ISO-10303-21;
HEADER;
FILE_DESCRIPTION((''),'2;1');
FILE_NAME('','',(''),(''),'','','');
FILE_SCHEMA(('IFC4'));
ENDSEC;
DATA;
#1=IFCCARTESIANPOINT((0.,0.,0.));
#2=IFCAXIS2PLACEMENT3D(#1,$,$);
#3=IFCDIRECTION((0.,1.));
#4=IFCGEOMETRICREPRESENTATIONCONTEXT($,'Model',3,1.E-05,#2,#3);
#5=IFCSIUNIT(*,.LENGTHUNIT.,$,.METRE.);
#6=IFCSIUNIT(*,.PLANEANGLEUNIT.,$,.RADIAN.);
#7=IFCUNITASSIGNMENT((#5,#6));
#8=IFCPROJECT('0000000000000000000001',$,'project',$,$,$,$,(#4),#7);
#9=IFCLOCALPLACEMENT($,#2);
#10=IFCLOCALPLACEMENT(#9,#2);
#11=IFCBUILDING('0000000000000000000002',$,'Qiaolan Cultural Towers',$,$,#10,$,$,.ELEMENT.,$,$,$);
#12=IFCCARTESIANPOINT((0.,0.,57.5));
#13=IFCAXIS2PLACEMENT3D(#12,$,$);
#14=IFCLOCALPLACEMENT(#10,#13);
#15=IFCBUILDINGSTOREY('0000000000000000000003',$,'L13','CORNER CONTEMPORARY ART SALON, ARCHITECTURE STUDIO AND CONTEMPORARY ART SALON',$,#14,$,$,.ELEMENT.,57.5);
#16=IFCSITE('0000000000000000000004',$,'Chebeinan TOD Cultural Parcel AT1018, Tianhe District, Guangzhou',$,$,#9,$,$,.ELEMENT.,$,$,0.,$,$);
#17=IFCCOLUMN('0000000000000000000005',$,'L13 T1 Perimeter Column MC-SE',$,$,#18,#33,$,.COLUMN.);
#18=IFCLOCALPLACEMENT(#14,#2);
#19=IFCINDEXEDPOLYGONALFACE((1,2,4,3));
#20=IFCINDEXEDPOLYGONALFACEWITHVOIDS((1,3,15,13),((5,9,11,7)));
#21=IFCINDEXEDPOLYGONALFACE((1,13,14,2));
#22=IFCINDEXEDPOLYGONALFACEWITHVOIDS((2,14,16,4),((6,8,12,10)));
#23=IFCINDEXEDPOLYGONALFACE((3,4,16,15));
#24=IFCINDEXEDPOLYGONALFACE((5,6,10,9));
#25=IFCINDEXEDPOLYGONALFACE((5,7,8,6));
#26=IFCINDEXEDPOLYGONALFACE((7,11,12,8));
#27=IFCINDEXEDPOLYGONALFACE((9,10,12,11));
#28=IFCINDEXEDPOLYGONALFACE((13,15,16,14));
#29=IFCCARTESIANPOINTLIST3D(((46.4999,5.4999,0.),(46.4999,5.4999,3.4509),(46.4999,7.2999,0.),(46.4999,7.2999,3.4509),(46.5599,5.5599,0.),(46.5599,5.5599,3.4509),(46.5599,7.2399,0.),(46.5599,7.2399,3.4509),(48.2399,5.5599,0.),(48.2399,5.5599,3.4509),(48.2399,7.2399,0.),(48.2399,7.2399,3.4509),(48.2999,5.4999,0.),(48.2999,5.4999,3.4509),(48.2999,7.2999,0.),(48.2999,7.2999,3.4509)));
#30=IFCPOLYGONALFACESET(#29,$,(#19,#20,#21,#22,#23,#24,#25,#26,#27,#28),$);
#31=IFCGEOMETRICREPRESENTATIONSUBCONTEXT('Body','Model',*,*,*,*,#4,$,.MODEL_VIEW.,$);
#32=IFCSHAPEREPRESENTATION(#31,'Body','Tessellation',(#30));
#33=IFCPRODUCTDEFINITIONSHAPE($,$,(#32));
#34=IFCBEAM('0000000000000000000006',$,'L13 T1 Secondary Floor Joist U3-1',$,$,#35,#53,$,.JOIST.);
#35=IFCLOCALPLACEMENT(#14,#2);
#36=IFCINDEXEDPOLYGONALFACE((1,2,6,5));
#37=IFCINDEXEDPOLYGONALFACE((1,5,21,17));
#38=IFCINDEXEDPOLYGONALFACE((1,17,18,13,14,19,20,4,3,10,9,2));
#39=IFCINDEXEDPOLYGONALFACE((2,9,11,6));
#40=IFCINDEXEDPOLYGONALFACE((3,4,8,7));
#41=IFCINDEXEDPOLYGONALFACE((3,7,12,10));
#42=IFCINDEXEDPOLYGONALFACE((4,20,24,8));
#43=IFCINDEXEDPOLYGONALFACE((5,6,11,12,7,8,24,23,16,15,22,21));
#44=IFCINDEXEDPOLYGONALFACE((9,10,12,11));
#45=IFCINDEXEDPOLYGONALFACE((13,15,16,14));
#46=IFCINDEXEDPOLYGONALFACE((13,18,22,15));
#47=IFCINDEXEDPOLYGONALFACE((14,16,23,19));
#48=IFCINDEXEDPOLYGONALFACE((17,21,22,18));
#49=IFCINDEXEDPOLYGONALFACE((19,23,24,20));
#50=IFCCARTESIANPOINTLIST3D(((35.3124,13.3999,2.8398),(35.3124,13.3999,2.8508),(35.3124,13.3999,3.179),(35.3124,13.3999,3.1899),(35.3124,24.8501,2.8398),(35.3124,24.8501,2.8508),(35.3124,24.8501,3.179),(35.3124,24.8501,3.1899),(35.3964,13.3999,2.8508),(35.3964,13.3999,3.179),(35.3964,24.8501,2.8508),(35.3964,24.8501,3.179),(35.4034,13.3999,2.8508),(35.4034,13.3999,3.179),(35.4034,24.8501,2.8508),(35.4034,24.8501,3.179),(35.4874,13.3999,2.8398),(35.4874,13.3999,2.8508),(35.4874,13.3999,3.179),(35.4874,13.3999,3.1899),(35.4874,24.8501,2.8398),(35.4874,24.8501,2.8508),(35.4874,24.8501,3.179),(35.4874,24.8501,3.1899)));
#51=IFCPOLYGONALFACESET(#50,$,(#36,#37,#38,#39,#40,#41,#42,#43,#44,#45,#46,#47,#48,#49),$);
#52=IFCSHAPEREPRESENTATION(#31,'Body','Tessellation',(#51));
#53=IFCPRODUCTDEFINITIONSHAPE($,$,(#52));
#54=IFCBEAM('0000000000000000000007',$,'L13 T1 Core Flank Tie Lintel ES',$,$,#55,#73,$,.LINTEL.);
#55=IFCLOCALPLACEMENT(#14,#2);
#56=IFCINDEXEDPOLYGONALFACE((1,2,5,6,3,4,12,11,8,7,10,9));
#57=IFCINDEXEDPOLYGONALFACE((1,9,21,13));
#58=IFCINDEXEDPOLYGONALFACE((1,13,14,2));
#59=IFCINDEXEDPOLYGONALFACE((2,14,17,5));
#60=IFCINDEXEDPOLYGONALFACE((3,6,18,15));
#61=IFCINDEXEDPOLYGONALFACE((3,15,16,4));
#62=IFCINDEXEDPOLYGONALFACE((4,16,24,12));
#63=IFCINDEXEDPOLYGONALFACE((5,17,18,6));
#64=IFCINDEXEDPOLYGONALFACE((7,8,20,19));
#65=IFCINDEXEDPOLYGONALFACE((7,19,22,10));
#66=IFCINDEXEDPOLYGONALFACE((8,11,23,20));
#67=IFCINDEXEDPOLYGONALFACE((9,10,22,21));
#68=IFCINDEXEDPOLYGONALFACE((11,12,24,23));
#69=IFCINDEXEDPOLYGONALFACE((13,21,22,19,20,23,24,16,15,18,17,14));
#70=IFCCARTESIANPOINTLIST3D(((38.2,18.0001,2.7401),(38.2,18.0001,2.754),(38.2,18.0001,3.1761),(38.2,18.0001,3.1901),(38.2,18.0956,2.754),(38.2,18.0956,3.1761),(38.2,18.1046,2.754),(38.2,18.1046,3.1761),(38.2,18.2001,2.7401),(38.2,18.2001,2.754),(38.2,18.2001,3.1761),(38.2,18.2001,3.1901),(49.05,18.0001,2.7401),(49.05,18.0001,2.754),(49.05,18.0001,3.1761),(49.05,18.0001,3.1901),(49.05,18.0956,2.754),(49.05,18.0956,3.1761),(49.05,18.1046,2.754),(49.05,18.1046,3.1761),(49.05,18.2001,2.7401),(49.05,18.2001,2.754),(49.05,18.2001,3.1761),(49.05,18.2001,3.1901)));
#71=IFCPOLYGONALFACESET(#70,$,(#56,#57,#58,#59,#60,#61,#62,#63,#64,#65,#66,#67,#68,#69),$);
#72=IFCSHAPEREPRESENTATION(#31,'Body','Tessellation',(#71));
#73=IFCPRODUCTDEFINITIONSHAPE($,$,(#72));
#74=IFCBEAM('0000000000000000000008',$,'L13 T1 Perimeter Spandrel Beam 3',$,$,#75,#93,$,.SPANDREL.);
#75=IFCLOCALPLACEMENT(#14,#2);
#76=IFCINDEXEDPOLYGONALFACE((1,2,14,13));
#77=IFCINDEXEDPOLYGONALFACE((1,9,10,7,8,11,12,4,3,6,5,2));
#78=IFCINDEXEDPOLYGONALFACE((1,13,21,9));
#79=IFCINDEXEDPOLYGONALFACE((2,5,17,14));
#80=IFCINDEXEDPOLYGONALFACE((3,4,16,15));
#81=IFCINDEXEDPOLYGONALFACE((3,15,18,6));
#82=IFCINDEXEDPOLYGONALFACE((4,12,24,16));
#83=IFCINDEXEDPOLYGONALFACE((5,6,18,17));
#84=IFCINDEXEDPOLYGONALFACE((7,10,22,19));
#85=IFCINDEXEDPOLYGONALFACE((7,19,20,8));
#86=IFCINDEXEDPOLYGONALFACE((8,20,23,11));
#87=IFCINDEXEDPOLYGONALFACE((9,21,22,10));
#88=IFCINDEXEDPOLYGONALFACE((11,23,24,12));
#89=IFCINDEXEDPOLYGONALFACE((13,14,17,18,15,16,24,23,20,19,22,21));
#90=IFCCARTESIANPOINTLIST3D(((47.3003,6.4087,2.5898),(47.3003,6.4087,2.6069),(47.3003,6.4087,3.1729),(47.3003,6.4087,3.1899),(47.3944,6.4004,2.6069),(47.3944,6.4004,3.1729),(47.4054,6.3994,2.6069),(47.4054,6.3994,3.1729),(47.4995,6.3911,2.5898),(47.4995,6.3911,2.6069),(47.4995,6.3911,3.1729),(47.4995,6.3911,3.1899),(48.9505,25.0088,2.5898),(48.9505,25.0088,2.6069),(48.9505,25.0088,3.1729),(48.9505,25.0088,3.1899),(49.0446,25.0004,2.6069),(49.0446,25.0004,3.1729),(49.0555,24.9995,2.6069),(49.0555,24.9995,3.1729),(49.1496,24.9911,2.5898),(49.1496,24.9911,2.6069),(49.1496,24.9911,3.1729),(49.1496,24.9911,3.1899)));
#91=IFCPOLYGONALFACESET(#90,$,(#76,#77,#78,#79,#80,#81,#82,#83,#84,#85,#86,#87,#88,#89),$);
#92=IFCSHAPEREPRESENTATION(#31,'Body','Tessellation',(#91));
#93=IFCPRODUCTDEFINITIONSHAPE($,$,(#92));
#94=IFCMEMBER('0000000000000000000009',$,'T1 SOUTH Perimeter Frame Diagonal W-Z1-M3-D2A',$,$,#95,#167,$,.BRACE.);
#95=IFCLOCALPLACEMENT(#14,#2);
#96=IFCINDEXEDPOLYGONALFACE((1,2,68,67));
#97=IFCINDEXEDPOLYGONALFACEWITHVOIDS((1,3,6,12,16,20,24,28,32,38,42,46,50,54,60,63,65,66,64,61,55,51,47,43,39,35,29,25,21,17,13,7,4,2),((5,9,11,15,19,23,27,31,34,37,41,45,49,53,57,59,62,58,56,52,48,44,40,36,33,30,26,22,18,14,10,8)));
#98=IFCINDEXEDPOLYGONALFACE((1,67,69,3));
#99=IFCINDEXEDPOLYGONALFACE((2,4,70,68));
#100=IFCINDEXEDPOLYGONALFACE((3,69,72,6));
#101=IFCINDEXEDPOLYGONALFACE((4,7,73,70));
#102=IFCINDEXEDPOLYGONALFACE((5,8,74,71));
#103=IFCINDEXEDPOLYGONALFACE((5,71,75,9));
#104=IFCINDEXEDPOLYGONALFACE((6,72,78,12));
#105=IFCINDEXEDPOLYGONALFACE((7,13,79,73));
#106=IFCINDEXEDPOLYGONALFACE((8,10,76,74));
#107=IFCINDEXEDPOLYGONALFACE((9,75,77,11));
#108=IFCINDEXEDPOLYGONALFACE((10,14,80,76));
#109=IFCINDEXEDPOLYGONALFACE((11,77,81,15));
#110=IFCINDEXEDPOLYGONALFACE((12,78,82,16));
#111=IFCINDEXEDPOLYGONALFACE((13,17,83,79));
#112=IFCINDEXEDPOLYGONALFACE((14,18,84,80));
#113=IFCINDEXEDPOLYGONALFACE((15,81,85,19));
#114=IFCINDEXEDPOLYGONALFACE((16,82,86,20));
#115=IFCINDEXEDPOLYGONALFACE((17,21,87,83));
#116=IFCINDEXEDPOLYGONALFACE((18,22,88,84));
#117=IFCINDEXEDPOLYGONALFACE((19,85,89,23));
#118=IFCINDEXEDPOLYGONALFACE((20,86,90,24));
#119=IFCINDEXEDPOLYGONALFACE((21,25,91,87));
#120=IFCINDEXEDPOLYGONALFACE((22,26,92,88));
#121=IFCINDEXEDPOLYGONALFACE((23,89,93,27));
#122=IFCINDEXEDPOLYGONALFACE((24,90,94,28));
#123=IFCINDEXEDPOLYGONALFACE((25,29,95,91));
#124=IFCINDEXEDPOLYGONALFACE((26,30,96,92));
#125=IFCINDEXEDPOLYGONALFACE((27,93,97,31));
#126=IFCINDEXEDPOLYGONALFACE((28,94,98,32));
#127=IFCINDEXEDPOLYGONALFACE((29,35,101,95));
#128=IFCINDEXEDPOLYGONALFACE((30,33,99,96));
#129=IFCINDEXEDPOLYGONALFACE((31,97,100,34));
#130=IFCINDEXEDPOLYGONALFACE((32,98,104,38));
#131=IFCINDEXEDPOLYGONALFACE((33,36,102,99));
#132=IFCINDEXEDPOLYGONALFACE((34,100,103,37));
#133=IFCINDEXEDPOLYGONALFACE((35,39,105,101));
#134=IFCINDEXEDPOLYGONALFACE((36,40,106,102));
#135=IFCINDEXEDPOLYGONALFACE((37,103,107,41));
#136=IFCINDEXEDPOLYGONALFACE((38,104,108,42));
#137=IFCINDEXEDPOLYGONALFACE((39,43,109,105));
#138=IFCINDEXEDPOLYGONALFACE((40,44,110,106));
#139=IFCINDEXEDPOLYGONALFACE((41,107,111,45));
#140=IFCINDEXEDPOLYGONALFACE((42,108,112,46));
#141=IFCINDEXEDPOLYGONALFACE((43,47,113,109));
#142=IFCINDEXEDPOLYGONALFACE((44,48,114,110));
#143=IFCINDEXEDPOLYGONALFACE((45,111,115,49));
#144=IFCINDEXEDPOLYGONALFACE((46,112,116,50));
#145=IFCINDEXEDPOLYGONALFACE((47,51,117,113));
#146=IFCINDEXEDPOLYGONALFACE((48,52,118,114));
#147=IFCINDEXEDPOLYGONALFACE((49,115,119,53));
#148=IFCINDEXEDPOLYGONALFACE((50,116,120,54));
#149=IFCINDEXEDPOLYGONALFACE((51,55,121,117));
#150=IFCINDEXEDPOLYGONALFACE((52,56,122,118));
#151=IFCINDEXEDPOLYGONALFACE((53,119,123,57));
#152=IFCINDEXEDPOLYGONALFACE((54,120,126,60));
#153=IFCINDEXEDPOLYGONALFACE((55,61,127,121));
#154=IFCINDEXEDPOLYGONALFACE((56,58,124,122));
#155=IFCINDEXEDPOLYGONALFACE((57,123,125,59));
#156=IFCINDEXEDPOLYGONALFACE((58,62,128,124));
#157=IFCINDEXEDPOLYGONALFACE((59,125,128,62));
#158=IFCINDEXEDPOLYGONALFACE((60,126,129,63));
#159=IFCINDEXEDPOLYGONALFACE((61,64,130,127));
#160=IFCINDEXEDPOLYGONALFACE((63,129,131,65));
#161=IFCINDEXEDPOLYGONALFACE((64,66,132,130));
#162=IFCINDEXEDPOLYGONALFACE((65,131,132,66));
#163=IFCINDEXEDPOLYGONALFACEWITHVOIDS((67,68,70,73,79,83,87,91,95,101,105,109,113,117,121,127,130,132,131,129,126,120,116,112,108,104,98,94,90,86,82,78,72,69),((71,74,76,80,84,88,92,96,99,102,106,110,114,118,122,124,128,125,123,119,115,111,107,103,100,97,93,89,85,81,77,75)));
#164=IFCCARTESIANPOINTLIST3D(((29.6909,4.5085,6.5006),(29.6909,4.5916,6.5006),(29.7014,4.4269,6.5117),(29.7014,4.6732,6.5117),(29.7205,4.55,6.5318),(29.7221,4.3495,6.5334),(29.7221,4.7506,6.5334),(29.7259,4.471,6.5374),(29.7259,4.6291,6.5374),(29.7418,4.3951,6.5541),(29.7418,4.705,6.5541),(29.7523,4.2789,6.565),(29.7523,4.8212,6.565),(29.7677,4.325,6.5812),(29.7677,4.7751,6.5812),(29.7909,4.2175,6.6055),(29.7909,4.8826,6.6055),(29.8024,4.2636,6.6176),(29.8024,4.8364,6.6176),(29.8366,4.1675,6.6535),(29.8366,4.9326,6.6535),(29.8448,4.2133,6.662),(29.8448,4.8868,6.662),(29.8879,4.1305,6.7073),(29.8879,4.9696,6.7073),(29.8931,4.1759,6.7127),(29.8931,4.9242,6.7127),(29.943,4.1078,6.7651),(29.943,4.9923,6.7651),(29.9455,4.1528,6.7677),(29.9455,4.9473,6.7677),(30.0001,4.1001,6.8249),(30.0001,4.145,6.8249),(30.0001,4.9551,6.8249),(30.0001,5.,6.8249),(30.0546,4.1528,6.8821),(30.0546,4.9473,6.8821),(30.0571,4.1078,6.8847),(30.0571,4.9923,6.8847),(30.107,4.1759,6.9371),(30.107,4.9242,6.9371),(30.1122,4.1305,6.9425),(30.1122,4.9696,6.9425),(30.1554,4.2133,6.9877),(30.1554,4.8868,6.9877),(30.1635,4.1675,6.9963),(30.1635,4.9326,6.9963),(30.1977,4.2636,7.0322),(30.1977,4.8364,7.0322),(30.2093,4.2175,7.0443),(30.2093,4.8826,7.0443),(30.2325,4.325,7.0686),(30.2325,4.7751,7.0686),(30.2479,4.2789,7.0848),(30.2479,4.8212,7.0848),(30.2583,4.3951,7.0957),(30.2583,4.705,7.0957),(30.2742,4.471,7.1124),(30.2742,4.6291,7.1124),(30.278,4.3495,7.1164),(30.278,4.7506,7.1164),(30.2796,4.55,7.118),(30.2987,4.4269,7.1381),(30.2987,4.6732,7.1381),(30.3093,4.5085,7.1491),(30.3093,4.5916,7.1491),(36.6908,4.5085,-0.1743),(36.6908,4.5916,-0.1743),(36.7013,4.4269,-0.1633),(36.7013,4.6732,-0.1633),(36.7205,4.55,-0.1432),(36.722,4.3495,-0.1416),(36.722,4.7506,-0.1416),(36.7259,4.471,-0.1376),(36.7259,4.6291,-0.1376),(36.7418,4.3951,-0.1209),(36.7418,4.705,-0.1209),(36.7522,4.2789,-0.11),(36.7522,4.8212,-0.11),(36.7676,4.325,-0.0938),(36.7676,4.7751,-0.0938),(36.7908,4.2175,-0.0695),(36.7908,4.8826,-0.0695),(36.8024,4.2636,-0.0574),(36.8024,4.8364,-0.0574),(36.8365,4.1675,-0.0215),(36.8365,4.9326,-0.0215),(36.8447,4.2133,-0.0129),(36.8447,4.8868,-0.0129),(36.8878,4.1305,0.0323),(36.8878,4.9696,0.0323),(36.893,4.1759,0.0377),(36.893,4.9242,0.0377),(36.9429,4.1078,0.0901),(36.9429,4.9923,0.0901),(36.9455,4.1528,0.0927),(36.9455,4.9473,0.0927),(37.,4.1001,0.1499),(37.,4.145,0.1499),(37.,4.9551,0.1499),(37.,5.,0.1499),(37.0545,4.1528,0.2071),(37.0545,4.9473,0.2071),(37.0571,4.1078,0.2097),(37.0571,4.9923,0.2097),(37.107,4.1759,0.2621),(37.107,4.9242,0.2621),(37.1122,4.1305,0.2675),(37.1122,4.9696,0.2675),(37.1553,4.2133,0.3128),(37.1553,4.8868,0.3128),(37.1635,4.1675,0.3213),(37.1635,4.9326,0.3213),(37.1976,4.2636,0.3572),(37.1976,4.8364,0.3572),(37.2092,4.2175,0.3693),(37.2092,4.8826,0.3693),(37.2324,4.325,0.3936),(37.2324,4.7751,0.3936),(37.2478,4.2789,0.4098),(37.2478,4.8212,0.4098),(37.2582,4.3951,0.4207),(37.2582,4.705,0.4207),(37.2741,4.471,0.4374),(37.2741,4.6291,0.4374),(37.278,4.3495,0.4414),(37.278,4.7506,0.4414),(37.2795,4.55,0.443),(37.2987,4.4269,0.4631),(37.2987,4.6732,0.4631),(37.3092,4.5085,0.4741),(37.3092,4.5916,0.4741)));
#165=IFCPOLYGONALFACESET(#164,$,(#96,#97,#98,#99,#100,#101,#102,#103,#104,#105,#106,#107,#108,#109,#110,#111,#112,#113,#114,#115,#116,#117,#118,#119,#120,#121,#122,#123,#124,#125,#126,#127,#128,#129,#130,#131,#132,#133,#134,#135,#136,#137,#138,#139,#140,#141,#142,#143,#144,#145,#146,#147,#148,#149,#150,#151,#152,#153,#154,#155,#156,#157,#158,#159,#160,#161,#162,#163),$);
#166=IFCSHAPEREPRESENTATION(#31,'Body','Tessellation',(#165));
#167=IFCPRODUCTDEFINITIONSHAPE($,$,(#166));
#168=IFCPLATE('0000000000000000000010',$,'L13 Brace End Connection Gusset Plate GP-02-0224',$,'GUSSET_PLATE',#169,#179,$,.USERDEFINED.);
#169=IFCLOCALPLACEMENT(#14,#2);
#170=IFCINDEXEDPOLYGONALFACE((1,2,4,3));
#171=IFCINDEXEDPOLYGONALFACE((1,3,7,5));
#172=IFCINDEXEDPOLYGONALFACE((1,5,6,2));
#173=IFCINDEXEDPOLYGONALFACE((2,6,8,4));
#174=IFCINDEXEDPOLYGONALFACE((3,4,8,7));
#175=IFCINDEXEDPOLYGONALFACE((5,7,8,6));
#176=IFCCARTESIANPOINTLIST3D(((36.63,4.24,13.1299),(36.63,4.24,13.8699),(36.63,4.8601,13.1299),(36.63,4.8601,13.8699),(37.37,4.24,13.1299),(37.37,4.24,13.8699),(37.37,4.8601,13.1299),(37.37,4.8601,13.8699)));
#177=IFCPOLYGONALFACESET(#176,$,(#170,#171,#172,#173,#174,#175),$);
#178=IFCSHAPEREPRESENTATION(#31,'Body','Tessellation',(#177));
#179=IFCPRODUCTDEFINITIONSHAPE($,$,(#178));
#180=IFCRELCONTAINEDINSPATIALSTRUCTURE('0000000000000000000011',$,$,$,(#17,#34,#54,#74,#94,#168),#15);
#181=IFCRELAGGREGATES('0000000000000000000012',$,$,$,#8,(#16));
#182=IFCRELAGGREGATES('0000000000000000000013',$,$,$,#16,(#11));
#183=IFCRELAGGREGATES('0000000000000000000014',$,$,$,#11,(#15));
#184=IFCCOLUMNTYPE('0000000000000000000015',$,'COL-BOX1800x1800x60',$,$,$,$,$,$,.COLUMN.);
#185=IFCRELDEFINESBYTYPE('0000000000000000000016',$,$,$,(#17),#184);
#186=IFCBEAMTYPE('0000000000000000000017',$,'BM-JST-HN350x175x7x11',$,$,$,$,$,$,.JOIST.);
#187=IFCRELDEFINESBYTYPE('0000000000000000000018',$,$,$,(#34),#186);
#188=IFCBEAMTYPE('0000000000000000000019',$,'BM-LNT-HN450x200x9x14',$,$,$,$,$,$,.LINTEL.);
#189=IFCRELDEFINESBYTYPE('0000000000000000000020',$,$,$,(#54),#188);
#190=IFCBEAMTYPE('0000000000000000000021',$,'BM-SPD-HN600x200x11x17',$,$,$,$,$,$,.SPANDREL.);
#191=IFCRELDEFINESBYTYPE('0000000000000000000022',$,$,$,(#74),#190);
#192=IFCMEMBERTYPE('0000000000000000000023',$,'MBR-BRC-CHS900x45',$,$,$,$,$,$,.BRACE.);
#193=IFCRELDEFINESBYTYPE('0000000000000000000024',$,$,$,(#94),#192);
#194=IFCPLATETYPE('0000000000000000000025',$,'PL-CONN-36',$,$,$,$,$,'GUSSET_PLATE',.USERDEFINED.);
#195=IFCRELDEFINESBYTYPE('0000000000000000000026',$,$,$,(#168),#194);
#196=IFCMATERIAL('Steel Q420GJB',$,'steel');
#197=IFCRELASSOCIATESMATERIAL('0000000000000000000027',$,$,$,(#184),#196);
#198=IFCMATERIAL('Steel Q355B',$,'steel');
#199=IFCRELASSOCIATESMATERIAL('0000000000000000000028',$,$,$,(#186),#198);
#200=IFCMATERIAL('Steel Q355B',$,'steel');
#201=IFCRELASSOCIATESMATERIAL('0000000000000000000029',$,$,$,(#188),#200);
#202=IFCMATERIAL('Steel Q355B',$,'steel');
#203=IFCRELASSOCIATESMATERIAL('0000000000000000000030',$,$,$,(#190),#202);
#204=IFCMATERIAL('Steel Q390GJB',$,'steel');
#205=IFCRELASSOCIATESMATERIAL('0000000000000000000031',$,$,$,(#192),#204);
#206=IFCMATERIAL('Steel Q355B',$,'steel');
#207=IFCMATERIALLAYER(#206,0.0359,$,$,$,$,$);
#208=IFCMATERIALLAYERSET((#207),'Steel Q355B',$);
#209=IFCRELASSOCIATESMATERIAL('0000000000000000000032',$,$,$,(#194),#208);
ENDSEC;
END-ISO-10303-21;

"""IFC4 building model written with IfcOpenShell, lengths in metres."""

from ifc_helpers import new_model, si_unit, direction, frame, origin, origin_2d, place, context, subcontext, project, spatial, rectangle, hollow_rectangle, hollow_circle, i_section, extrude, material, layer, layer_set, material_profile, profile_set, type_object, element, save


model = new_model("IFC4")

# Units and contexts
model_context = context("Model", 3, precision=1e-05, world=origin(), true_north=direction((0.0, 1.0)))
body_context = subcontext(model_context, "Body", "Model", "MODEL_VIEW")
ifc_project = project(units=[si_unit("LENGTHUNIT", "METRE"), si_unit("PLANEANGLEUNIT", "RADIAN")], contexts=[model_context])

# Site, building, storey
site_placement = place(None, origin())
site = spatial("IfcSite", under=ifc_project, at=site_placement, Name="Chebeinan TOD Cultural Parcel AT1018, Tianhe District, Guangzhou", CompositionType="ELEMENT", RefElevation=0.0)
building_placement = place(site_placement, origin())
building = spatial("IfcBuilding", under=site, at=building_placement, Name="Qiaolan Cultural Towers", CompositionType="ELEMENT")
storey_placement = place(building_placement, frame((0.0, 0.0, 57.5)))
storey = spatial("IfcBuildingStorey", under=building, at=storey_placement, Name="L13", Description="CORNER CONTEMPORARY ART SALON, ARCHITECTURE STUDIO AND CONTEMPORARY ART SALON", CompositionType="ELEMENT", Elevation=57.5)

# Column
ifc_material_1 = material(Name="Steel Q420GJB", Category="steel")
ifc_material_profile_1 = material_profile(ifc_material_1, hollow_rectangle(XDim=1.8, YDim=1.8, WallThickness=0.0601, at=origin_2d()), Name="BOX1800x1800x60")
ifc_profile_set_1 = profile_set([ifc_material_profile_1], Name="Steel Q420GJB")
column_type = type_object("IfcColumnType", Name="COL-BOX1800x1800x60", PredefinedType="COLUMN", material=ifc_profile_set_1)
column_placement = place(storey_placement, frame((47.3999, 6.3999, 0.0), z_axis=(0.0, 0.0, 1.0), x_axis=(1.0, 0.0, 0.0)))
element("IfcColumn", 1, at=column_placement, inside=storey, type_object=column_type, Name="L13 T1 Perimeter Column MC-SE", PredefinedType="COLUMN", context=body_context, shape_type="SweptSolid", body=[
    extrude(hollow_rectangle(XDim=1.8, YDim=1.8, WallThickness=0.0601, at=origin_2d()), origin(), (0.0, 0.0, 1.0), 3.4509),
])

# Beams
ifc_material_2 = material(Name="Steel Q355B", Category="steel")
ifc_material_profile_2 = material_profile(ifc_material_2, i_section(OverallWidth=0.175, OverallDepth=0.3501, WebThickness=0.0071, FlangeThickness=0.011, at=origin_2d()), Name="HN350x175x7x11")
ifc_profile_set_2 = profile_set([ifc_material_profile_2], Name="Steel Q355B")
beam_type_1 = type_object("IfcBeamType", Name="BM-JST-HN350x175x7x11", PredefinedType="JOIST", material=ifc_profile_set_2)
beam_1_placement = place(storey_placement, frame((35.3999, 13.3999, 3.0149), z_axis=(0.0, 1.0, 0.0), x_axis=(-1.0, 0.0, 0.0)))
element("IfcBeam", 2, at=beam_1_placement, inside=storey, type_object=beam_type_1, Name="L13 T1 Secondary Floor Joist U3-1", PredefinedType="JOIST", context=body_context, shape_type="SweptSolid", body=[
    extrude(i_section(OverallWidth=0.175, OverallDepth=0.3501, WebThickness=0.0071, FlangeThickness=0.011, at=origin_2d()), origin(), (0.0, 0.0, 1.0), 11.4502),
])
ifc_material_3 = material(Name="Steel Q355B", Category="steel")
ifc_material_profile_3 = material_profile(ifc_material_3, i_section(OverallWidth=0.2, OverallDepth=0.45, WebThickness=0.009, FlangeThickness=0.0139, at=origin_2d()), Name="HN450x200x9x14")
ifc_profile_set_3 = profile_set([ifc_material_profile_3], Name="Steel Q355B")
beam_type_2 = type_object("IfcBeamType", Name="BM-LNT-HN450x200x9x14", PredefinedType="LINTEL", material=ifc_profile_set_3)
beam_2_placement = place(storey_placement, frame((38.2, 18.1001, 2.9651), z_axis=(1.0, 0.0, 0.0), x_axis=(0.0, 1.0, 0.0)))
element("IfcBeam", 3, at=beam_2_placement, inside=storey, type_object=beam_type_2, Name="L13 T1 Core Flank Tie Lintel ES", PredefinedType="LINTEL", context=body_context, shape_type="SweptSolid", body=[
    extrude(i_section(OverallWidth=0.2, OverallDepth=0.45, WebThickness=0.009, FlangeThickness=0.0139, at=origin_2d()), origin(), (0.0, 0.0, 1.0), 10.8501),
])
ifc_material_4 = material(Name="Steel Q355B", Category="steel")
ifc_material_profile_4 = material_profile(ifc_material_4, i_section(OverallWidth=0.2, OverallDepth=0.6001, WebThickness=0.011, FlangeThickness=0.0171, at=origin_2d()), Name="HN600x200x11x17")
ifc_profile_set_4 = profile_set([ifc_material_profile_4], Name="Steel Q355B")
beam_type_3 = type_object("IfcBeamType", Name="BM-SPD-HN600x200x11x17", PredefinedType="SPANDREL", material=ifc_profile_set_4)
beam_3_placement = place(storey_placement, frame((47.3999, 6.3999, 2.8899), z_axis=(0.08837, 0.996088, 0.0), x_axis=(-0.996088, 0.08837, 0.0)))
element("IfcBeam", 4, at=beam_3_placement, inside=storey, type_object=beam_type_3, Name="L13 T1 Perimeter Spandrel Beam 3", PredefinedType="SPANDREL", context=body_context, shape_type="SweptSolid", body=[
    extrude(i_section(OverallWidth=0.2, OverallDepth=0.6001, WebThickness=0.011, FlangeThickness=0.0171, at=origin_2d()), origin(), (0.0, 0.0, 1.0), 18.6731),
])

# Member
ifc_material_5 = material(Name="Steel Q390GJB", Category="steel")
ifc_material_profile_5 = material_profile(ifc_material_5, hollow_circle(Radius=0.45, WallThickness=0.0449, at=origin_2d()), Name="CHS900x45")
ifc_profile_set_5 = profile_set([ifc_material_profile_5], Name="Steel Q390GJB")
member_type = type_object("IfcMemberType", Name="MBR-BRC-CHS900x45", PredefinedType="BRACE", material=ifc_profile_set_5)
member_placement = place(storey_placement, frame((37.0, 4.55, 0.1499), z_axis=(-0.723705, 0.0, 0.690109), x_axis=(0.0, -1.0, 0.0)))
element("IfcMember", 5, at=member_placement, inside=storey, type_object=member_type, Name="T1 SOUTH Perimeter Frame Diagonal W-Z1-M3-D2A", PredefinedType="BRACE", context=body_context, shape_type="SweptSolid", body=[
    extrude(hollow_circle(Radius=0.45, WallThickness=0.0449, at=origin_2d()), origin(), (0.0, 0.0, 1.0), 9.6724),
])

# Plate
ifc_material_6 = material(Name="Steel Q355B", Category="steel")
ifc_layer_1 = layer(ifc_material_6, 0.0359)
ifc_layer_set_1 = layer_set([ifc_layer_1], Name="Steel Q355B")
plate_type_1 = type_object("IfcPlateType", Name="PL-CONN-36", ElementType="GUSSET_PLATE", PredefinedType="USERDEFINED", material=ifc_layer_set_1)
plate_placement = place(storey_placement, frame((37.0, 4.55, 13.1299), z_axis=(0.0, 0.0, 1.0), x_axis=(1.0, 0.0, 0.0)))
element("IfcPlate", 6, at=plate_placement, inside=storey, type_object=plate_type_1, Name="L13 Brace End Connection Gusset Plate GP-02-0224", ObjectType="GUSSET_PLATE", PredefinedType="USERDEFINED", context=body_context, shape_type="SweptSolid", body=[
    extrude(rectangle(XDim=0.74, YDim=0.6201, at=origin_2d()), origin(), (0.0, 0.0, 1.0), 0.74),
])

save(model, "model.ifc")
